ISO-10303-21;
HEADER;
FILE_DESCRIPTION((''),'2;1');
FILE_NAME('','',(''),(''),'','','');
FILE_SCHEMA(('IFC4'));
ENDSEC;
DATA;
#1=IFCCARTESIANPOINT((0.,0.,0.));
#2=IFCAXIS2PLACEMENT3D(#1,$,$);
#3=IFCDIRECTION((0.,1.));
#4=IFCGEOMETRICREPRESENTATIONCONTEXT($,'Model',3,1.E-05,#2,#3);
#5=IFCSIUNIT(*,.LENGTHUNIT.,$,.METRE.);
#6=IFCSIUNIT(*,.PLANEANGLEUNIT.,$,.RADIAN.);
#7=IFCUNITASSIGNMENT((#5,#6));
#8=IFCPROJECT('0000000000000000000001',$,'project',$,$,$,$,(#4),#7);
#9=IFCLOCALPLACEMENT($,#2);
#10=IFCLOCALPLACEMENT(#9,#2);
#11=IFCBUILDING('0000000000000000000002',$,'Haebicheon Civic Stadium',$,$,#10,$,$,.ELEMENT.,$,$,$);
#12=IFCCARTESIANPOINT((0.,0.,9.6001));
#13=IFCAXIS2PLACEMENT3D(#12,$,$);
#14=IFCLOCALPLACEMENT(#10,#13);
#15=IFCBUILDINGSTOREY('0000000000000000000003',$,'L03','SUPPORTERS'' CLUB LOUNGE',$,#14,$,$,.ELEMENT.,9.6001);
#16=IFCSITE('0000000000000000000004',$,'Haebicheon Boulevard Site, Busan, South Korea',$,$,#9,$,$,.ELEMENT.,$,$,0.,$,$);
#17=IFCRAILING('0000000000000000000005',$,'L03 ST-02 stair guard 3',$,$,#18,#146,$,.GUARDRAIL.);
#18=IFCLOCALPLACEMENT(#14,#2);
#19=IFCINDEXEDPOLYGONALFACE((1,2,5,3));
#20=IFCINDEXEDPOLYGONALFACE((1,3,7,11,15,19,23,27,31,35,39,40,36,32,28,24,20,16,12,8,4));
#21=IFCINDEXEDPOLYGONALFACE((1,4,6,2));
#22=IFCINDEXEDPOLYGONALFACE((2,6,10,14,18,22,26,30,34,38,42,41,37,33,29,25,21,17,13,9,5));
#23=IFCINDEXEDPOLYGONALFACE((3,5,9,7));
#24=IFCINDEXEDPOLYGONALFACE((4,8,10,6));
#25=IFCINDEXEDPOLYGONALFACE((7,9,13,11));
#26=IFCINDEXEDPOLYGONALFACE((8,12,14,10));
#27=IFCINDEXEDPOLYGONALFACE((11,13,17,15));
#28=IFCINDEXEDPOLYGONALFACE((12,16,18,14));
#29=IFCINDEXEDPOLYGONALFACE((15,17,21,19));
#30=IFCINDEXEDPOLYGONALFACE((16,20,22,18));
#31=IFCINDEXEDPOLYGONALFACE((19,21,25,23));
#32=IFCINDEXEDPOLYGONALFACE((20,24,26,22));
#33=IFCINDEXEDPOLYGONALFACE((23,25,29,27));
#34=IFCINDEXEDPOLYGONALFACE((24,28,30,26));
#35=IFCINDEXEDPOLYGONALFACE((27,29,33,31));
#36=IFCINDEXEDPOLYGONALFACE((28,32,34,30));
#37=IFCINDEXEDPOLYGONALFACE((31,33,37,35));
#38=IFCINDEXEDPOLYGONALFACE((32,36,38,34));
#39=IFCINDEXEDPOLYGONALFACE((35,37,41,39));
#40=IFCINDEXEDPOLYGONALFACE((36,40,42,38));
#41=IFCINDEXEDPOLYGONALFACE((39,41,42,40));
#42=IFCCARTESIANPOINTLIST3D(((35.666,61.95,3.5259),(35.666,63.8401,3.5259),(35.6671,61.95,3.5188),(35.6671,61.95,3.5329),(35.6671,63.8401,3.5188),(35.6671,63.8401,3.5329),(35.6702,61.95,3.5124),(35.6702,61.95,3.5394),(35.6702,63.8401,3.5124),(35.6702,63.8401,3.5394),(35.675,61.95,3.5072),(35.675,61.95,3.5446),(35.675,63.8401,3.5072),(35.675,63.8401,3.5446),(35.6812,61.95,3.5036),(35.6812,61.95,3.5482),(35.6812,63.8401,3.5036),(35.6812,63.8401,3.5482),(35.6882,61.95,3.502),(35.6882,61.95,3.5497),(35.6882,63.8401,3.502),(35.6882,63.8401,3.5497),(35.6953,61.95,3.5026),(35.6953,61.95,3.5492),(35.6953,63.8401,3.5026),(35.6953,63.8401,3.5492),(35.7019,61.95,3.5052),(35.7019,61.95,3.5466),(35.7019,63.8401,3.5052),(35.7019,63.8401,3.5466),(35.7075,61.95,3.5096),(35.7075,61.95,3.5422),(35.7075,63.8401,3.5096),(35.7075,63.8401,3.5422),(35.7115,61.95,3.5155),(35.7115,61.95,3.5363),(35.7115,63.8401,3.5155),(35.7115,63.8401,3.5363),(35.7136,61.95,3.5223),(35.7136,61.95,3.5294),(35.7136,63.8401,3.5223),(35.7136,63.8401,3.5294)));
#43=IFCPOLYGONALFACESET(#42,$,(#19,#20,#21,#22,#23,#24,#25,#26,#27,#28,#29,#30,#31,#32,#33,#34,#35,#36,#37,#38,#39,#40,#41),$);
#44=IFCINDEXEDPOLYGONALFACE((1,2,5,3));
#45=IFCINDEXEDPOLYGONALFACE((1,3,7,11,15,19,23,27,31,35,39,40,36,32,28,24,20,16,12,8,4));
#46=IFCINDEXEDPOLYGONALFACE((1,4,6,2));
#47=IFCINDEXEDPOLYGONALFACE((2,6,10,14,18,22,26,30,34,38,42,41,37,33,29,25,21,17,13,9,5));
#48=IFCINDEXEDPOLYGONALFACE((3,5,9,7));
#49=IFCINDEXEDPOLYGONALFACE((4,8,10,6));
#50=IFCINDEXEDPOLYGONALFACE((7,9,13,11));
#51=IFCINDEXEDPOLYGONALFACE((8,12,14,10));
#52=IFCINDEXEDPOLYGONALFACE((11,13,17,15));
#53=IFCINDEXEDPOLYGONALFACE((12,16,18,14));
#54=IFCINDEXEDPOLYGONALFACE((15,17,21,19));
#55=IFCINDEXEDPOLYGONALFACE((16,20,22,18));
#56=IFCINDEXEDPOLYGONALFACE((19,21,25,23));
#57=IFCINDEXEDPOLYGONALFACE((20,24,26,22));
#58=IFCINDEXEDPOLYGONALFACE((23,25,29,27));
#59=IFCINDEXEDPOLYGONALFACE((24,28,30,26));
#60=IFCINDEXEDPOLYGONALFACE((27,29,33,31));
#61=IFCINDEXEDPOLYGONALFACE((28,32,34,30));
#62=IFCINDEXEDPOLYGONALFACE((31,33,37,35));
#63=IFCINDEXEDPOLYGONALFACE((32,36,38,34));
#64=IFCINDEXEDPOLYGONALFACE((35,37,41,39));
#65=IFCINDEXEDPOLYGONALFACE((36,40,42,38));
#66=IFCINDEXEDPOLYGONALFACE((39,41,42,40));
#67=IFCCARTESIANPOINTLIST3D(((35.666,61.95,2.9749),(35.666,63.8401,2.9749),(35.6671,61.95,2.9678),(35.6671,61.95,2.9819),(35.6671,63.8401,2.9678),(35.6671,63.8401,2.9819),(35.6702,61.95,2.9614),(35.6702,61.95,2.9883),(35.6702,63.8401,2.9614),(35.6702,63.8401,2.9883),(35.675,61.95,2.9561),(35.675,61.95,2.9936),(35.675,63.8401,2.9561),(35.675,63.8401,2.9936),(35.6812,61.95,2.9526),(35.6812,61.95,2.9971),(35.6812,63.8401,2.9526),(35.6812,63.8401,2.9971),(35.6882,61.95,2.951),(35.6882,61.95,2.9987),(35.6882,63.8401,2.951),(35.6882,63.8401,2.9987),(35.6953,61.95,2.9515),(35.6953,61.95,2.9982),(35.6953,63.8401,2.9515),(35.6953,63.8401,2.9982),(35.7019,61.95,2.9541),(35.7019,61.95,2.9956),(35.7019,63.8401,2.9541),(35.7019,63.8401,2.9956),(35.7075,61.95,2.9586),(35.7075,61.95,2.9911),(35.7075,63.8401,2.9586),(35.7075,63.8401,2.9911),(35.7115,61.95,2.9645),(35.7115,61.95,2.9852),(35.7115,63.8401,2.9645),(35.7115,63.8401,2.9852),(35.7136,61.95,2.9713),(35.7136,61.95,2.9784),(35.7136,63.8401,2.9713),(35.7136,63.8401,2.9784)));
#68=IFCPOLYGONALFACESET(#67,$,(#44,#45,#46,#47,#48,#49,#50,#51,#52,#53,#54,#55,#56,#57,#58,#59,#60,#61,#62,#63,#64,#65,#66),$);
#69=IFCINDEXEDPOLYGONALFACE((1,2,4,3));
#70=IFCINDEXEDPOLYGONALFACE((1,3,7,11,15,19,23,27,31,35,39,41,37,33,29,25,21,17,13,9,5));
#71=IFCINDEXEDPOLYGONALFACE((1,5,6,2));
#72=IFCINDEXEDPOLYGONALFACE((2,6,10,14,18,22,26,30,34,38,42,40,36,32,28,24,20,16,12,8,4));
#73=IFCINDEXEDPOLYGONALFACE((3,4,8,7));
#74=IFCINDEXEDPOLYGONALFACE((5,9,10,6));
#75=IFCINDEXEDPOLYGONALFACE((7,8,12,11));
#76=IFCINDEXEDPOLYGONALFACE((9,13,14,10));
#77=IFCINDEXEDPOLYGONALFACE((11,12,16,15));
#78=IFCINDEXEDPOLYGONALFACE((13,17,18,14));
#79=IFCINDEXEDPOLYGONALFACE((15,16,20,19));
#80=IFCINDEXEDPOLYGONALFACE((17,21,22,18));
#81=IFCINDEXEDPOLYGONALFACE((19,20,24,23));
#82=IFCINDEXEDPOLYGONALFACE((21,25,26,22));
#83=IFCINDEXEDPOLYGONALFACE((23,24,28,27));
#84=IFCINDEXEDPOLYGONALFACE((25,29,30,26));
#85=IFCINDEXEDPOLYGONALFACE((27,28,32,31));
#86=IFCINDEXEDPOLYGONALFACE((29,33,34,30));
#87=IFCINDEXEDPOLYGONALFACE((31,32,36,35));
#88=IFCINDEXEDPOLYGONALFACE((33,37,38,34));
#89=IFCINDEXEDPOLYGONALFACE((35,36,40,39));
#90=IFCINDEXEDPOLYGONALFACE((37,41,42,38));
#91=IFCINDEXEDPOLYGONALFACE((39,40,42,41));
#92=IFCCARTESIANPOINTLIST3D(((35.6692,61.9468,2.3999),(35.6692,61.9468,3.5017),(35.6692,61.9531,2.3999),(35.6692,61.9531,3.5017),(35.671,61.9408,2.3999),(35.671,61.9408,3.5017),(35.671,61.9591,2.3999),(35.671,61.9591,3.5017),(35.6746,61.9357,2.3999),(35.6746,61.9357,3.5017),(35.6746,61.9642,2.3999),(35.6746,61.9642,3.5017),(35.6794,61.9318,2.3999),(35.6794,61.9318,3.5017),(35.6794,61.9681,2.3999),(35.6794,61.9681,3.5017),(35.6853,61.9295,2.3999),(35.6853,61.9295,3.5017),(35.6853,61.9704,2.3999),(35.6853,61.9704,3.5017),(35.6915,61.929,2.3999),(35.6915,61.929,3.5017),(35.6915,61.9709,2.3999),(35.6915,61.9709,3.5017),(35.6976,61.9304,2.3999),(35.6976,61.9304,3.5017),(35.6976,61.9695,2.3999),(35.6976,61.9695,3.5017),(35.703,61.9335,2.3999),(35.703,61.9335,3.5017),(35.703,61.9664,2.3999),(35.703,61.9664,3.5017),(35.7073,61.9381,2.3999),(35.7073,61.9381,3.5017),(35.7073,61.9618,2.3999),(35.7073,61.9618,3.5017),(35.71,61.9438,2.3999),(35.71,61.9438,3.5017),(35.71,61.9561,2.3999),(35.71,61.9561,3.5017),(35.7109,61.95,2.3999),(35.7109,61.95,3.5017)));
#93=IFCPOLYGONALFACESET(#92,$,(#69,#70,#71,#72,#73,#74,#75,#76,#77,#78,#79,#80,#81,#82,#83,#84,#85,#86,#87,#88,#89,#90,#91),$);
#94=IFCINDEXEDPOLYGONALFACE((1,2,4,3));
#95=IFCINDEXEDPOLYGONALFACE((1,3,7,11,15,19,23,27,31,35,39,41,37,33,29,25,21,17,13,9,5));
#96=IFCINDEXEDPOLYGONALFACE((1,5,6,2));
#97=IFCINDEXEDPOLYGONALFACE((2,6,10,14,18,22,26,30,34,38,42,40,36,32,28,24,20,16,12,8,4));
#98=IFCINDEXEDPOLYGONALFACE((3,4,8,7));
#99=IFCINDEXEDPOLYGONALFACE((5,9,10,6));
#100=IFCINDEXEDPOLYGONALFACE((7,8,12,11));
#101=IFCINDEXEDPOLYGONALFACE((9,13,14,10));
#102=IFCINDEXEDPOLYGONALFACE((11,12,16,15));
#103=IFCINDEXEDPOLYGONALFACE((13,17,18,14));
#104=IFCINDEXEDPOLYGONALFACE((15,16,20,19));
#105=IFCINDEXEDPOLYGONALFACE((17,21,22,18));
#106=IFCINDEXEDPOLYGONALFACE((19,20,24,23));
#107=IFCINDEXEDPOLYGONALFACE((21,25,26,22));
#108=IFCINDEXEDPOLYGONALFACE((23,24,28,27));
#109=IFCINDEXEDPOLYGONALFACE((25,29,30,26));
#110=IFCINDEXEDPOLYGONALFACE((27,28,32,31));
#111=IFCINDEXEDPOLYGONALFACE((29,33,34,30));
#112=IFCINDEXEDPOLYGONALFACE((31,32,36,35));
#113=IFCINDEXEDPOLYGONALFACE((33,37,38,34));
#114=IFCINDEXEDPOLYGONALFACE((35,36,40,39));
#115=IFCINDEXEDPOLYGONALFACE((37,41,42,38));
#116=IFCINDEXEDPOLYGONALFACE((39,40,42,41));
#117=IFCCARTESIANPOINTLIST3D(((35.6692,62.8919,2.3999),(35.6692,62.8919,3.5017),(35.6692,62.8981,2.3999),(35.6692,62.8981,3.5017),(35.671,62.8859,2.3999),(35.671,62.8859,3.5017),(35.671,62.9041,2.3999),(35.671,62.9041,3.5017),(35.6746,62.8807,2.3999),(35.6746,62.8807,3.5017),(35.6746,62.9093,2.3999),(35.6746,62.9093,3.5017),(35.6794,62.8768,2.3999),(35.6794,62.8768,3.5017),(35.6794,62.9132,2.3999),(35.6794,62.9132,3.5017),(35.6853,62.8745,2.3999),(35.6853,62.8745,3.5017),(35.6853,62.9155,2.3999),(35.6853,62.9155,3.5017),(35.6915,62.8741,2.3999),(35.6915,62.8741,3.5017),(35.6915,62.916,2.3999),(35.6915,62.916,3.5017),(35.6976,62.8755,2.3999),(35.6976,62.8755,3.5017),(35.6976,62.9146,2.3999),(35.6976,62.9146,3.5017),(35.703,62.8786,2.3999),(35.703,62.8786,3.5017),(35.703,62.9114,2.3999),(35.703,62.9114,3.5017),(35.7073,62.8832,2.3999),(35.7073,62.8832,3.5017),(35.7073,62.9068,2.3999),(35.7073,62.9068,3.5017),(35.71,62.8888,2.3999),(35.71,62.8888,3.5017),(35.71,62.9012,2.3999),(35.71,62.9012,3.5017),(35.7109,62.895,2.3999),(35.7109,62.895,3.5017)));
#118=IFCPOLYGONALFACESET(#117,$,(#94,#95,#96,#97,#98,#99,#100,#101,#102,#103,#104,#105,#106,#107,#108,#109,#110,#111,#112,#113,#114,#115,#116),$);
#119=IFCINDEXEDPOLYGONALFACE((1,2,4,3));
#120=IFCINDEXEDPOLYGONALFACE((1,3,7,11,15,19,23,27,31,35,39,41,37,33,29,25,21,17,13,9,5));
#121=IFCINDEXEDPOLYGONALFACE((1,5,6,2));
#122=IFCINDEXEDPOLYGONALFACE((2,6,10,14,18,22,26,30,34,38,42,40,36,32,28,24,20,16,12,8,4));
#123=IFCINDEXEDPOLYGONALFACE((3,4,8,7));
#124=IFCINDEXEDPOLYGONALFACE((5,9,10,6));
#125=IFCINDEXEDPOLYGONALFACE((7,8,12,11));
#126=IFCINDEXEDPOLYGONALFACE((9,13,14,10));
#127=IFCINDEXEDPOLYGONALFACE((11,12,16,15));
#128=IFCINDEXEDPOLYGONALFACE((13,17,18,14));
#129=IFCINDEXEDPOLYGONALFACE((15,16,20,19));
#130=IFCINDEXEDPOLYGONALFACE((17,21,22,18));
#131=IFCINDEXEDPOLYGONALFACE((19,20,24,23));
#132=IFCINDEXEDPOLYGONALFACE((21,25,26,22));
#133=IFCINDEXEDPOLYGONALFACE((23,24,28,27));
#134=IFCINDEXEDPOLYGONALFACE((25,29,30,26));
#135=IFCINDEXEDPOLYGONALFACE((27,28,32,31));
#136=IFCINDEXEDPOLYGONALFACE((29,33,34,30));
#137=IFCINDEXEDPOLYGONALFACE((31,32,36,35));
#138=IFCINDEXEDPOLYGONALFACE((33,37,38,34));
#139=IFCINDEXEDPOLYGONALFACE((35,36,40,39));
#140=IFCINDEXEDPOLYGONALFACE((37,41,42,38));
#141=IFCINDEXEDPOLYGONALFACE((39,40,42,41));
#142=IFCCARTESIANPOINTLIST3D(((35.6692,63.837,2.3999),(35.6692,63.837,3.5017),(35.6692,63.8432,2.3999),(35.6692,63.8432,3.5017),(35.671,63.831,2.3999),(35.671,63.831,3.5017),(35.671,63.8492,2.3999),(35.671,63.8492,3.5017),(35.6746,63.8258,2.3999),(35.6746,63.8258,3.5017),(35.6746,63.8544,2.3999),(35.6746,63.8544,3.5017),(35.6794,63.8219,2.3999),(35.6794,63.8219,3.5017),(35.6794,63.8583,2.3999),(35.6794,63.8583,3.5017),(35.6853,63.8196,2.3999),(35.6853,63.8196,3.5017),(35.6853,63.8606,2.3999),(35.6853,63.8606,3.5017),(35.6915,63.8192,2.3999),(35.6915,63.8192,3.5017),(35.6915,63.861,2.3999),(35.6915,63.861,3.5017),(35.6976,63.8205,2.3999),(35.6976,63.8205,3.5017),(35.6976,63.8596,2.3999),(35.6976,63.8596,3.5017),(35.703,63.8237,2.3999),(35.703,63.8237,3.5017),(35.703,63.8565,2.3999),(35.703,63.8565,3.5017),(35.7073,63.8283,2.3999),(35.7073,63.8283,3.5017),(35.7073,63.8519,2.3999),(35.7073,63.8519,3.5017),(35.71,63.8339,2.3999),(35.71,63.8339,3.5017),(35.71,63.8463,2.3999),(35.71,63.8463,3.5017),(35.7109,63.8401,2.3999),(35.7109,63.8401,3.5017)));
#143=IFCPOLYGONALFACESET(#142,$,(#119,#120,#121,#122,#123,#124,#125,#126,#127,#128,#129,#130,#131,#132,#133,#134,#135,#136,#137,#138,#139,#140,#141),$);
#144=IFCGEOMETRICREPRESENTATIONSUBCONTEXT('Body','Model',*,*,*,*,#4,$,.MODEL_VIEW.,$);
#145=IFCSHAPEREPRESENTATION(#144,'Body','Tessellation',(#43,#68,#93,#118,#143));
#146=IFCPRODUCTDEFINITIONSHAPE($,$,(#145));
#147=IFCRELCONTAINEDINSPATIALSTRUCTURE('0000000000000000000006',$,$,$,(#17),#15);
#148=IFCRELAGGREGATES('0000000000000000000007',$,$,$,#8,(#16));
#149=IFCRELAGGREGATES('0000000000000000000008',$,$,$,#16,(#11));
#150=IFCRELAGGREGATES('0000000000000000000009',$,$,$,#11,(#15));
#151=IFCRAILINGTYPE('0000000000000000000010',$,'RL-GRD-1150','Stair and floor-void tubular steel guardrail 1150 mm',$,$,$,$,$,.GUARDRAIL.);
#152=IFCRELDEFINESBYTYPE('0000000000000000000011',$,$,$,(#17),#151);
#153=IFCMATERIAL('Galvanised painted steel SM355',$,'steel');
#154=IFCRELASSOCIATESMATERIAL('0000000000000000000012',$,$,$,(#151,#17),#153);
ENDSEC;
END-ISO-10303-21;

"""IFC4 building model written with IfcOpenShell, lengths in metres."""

from ifc_helpers import new_model, si_unit, direction, frame, origin, origin_2d, place, context, subcontext, project, spatial, circle, extrude, material, type_object, element, save


model = new_model("IFC4")

# Units and contexts
model_context = context("Model", 3, precision=1e-05, world=origin(), true_north=direction((0.0, 1.0)))
body_context = subcontext(model_context, "Body", "Model", "MODEL_VIEW")
ifc_project = project(units=[si_unit("LENGTHUNIT", "METRE"), si_unit("PLANEANGLEUNIT", "RADIAN")], contexts=[model_context])

# Site, building, storey
site_placement = place(None, origin())
site = spatial("IfcSite", under=ifc_project, at=site_placement, Name="Haebicheon Boulevard Site, Busan, South Korea", CompositionType="ELEMENT", RefElevation=0.0)
building_placement = place(site_placement, origin())
building = spatial("IfcBuilding", under=site, at=building_placement, Name="Haebicheon Civic Stadium", CompositionType="ELEMENT")
storey_placement = place(building_placement, frame((0.0, 0.0, 9.6001)))
storey = spatial("IfcBuildingStorey", under=building, at=storey_placement, Name="L03", Description="SUPPORTERS' CLUB LOUNGE", CompositionType="ELEMENT", Elevation=9.6001)

# Railing
ifc_material_1 = material(Name="Galvanised painted steel SM355", Category="steel")
railing_type = type_object("IfcRailingType", Name="RL-GRD-1150", Description="Stair and floor-void tubular steel guardrail 1150 mm", PredefinedType="GUARDRAIL", material=ifc_material_1)
railing_1_placement = place(storey_placement, frame((35.6899, 61.95, 2.3999)))
element("IfcRailing", 1, at=railing_1_placement, inside=storey, type_object=railing_type, material=ifc_material_1, Name="L03 ST-02 stair guard 3", PredefinedType="GUARDRAIL", context=body_context, shape_type="SweptSolid", body=[
    extrude(circle(Radius=0.0239, at=origin_2d()), frame((0.0, 0.0, 1.126), z_axis=(0.0, 1.0, 0.0), x_axis=(-1.0, 0.0, 0.0)), (0.0, 0.0, 1.0), 1.8901),
    extrude(circle(Radius=0.0239, at=origin_2d()), frame((0.0, 0.0, 0.575), z_axis=(0.0, 1.0, 0.0), x_axis=(-1.0, 0.0, 0.0)), (0.0, 0.0, 1.0), 1.8901),
    extrude(circle(Radius=0.021, at=origin_2d()), origin(), (0.0, 0.0, 1.0), 1.1018),
    extrude(circle(Radius=0.021, at=origin_2d()), frame((0.0, 0.9451, 0.0)), (0.0, 0.0, 1.0), 1.1018),
    extrude(circle(Radius=0.021, at=origin_2d()), frame((0.0, 1.8901, 0.0)), (0.0, 0.0, 1.0), 1.1018),
])

save(model, "model.ifc")
